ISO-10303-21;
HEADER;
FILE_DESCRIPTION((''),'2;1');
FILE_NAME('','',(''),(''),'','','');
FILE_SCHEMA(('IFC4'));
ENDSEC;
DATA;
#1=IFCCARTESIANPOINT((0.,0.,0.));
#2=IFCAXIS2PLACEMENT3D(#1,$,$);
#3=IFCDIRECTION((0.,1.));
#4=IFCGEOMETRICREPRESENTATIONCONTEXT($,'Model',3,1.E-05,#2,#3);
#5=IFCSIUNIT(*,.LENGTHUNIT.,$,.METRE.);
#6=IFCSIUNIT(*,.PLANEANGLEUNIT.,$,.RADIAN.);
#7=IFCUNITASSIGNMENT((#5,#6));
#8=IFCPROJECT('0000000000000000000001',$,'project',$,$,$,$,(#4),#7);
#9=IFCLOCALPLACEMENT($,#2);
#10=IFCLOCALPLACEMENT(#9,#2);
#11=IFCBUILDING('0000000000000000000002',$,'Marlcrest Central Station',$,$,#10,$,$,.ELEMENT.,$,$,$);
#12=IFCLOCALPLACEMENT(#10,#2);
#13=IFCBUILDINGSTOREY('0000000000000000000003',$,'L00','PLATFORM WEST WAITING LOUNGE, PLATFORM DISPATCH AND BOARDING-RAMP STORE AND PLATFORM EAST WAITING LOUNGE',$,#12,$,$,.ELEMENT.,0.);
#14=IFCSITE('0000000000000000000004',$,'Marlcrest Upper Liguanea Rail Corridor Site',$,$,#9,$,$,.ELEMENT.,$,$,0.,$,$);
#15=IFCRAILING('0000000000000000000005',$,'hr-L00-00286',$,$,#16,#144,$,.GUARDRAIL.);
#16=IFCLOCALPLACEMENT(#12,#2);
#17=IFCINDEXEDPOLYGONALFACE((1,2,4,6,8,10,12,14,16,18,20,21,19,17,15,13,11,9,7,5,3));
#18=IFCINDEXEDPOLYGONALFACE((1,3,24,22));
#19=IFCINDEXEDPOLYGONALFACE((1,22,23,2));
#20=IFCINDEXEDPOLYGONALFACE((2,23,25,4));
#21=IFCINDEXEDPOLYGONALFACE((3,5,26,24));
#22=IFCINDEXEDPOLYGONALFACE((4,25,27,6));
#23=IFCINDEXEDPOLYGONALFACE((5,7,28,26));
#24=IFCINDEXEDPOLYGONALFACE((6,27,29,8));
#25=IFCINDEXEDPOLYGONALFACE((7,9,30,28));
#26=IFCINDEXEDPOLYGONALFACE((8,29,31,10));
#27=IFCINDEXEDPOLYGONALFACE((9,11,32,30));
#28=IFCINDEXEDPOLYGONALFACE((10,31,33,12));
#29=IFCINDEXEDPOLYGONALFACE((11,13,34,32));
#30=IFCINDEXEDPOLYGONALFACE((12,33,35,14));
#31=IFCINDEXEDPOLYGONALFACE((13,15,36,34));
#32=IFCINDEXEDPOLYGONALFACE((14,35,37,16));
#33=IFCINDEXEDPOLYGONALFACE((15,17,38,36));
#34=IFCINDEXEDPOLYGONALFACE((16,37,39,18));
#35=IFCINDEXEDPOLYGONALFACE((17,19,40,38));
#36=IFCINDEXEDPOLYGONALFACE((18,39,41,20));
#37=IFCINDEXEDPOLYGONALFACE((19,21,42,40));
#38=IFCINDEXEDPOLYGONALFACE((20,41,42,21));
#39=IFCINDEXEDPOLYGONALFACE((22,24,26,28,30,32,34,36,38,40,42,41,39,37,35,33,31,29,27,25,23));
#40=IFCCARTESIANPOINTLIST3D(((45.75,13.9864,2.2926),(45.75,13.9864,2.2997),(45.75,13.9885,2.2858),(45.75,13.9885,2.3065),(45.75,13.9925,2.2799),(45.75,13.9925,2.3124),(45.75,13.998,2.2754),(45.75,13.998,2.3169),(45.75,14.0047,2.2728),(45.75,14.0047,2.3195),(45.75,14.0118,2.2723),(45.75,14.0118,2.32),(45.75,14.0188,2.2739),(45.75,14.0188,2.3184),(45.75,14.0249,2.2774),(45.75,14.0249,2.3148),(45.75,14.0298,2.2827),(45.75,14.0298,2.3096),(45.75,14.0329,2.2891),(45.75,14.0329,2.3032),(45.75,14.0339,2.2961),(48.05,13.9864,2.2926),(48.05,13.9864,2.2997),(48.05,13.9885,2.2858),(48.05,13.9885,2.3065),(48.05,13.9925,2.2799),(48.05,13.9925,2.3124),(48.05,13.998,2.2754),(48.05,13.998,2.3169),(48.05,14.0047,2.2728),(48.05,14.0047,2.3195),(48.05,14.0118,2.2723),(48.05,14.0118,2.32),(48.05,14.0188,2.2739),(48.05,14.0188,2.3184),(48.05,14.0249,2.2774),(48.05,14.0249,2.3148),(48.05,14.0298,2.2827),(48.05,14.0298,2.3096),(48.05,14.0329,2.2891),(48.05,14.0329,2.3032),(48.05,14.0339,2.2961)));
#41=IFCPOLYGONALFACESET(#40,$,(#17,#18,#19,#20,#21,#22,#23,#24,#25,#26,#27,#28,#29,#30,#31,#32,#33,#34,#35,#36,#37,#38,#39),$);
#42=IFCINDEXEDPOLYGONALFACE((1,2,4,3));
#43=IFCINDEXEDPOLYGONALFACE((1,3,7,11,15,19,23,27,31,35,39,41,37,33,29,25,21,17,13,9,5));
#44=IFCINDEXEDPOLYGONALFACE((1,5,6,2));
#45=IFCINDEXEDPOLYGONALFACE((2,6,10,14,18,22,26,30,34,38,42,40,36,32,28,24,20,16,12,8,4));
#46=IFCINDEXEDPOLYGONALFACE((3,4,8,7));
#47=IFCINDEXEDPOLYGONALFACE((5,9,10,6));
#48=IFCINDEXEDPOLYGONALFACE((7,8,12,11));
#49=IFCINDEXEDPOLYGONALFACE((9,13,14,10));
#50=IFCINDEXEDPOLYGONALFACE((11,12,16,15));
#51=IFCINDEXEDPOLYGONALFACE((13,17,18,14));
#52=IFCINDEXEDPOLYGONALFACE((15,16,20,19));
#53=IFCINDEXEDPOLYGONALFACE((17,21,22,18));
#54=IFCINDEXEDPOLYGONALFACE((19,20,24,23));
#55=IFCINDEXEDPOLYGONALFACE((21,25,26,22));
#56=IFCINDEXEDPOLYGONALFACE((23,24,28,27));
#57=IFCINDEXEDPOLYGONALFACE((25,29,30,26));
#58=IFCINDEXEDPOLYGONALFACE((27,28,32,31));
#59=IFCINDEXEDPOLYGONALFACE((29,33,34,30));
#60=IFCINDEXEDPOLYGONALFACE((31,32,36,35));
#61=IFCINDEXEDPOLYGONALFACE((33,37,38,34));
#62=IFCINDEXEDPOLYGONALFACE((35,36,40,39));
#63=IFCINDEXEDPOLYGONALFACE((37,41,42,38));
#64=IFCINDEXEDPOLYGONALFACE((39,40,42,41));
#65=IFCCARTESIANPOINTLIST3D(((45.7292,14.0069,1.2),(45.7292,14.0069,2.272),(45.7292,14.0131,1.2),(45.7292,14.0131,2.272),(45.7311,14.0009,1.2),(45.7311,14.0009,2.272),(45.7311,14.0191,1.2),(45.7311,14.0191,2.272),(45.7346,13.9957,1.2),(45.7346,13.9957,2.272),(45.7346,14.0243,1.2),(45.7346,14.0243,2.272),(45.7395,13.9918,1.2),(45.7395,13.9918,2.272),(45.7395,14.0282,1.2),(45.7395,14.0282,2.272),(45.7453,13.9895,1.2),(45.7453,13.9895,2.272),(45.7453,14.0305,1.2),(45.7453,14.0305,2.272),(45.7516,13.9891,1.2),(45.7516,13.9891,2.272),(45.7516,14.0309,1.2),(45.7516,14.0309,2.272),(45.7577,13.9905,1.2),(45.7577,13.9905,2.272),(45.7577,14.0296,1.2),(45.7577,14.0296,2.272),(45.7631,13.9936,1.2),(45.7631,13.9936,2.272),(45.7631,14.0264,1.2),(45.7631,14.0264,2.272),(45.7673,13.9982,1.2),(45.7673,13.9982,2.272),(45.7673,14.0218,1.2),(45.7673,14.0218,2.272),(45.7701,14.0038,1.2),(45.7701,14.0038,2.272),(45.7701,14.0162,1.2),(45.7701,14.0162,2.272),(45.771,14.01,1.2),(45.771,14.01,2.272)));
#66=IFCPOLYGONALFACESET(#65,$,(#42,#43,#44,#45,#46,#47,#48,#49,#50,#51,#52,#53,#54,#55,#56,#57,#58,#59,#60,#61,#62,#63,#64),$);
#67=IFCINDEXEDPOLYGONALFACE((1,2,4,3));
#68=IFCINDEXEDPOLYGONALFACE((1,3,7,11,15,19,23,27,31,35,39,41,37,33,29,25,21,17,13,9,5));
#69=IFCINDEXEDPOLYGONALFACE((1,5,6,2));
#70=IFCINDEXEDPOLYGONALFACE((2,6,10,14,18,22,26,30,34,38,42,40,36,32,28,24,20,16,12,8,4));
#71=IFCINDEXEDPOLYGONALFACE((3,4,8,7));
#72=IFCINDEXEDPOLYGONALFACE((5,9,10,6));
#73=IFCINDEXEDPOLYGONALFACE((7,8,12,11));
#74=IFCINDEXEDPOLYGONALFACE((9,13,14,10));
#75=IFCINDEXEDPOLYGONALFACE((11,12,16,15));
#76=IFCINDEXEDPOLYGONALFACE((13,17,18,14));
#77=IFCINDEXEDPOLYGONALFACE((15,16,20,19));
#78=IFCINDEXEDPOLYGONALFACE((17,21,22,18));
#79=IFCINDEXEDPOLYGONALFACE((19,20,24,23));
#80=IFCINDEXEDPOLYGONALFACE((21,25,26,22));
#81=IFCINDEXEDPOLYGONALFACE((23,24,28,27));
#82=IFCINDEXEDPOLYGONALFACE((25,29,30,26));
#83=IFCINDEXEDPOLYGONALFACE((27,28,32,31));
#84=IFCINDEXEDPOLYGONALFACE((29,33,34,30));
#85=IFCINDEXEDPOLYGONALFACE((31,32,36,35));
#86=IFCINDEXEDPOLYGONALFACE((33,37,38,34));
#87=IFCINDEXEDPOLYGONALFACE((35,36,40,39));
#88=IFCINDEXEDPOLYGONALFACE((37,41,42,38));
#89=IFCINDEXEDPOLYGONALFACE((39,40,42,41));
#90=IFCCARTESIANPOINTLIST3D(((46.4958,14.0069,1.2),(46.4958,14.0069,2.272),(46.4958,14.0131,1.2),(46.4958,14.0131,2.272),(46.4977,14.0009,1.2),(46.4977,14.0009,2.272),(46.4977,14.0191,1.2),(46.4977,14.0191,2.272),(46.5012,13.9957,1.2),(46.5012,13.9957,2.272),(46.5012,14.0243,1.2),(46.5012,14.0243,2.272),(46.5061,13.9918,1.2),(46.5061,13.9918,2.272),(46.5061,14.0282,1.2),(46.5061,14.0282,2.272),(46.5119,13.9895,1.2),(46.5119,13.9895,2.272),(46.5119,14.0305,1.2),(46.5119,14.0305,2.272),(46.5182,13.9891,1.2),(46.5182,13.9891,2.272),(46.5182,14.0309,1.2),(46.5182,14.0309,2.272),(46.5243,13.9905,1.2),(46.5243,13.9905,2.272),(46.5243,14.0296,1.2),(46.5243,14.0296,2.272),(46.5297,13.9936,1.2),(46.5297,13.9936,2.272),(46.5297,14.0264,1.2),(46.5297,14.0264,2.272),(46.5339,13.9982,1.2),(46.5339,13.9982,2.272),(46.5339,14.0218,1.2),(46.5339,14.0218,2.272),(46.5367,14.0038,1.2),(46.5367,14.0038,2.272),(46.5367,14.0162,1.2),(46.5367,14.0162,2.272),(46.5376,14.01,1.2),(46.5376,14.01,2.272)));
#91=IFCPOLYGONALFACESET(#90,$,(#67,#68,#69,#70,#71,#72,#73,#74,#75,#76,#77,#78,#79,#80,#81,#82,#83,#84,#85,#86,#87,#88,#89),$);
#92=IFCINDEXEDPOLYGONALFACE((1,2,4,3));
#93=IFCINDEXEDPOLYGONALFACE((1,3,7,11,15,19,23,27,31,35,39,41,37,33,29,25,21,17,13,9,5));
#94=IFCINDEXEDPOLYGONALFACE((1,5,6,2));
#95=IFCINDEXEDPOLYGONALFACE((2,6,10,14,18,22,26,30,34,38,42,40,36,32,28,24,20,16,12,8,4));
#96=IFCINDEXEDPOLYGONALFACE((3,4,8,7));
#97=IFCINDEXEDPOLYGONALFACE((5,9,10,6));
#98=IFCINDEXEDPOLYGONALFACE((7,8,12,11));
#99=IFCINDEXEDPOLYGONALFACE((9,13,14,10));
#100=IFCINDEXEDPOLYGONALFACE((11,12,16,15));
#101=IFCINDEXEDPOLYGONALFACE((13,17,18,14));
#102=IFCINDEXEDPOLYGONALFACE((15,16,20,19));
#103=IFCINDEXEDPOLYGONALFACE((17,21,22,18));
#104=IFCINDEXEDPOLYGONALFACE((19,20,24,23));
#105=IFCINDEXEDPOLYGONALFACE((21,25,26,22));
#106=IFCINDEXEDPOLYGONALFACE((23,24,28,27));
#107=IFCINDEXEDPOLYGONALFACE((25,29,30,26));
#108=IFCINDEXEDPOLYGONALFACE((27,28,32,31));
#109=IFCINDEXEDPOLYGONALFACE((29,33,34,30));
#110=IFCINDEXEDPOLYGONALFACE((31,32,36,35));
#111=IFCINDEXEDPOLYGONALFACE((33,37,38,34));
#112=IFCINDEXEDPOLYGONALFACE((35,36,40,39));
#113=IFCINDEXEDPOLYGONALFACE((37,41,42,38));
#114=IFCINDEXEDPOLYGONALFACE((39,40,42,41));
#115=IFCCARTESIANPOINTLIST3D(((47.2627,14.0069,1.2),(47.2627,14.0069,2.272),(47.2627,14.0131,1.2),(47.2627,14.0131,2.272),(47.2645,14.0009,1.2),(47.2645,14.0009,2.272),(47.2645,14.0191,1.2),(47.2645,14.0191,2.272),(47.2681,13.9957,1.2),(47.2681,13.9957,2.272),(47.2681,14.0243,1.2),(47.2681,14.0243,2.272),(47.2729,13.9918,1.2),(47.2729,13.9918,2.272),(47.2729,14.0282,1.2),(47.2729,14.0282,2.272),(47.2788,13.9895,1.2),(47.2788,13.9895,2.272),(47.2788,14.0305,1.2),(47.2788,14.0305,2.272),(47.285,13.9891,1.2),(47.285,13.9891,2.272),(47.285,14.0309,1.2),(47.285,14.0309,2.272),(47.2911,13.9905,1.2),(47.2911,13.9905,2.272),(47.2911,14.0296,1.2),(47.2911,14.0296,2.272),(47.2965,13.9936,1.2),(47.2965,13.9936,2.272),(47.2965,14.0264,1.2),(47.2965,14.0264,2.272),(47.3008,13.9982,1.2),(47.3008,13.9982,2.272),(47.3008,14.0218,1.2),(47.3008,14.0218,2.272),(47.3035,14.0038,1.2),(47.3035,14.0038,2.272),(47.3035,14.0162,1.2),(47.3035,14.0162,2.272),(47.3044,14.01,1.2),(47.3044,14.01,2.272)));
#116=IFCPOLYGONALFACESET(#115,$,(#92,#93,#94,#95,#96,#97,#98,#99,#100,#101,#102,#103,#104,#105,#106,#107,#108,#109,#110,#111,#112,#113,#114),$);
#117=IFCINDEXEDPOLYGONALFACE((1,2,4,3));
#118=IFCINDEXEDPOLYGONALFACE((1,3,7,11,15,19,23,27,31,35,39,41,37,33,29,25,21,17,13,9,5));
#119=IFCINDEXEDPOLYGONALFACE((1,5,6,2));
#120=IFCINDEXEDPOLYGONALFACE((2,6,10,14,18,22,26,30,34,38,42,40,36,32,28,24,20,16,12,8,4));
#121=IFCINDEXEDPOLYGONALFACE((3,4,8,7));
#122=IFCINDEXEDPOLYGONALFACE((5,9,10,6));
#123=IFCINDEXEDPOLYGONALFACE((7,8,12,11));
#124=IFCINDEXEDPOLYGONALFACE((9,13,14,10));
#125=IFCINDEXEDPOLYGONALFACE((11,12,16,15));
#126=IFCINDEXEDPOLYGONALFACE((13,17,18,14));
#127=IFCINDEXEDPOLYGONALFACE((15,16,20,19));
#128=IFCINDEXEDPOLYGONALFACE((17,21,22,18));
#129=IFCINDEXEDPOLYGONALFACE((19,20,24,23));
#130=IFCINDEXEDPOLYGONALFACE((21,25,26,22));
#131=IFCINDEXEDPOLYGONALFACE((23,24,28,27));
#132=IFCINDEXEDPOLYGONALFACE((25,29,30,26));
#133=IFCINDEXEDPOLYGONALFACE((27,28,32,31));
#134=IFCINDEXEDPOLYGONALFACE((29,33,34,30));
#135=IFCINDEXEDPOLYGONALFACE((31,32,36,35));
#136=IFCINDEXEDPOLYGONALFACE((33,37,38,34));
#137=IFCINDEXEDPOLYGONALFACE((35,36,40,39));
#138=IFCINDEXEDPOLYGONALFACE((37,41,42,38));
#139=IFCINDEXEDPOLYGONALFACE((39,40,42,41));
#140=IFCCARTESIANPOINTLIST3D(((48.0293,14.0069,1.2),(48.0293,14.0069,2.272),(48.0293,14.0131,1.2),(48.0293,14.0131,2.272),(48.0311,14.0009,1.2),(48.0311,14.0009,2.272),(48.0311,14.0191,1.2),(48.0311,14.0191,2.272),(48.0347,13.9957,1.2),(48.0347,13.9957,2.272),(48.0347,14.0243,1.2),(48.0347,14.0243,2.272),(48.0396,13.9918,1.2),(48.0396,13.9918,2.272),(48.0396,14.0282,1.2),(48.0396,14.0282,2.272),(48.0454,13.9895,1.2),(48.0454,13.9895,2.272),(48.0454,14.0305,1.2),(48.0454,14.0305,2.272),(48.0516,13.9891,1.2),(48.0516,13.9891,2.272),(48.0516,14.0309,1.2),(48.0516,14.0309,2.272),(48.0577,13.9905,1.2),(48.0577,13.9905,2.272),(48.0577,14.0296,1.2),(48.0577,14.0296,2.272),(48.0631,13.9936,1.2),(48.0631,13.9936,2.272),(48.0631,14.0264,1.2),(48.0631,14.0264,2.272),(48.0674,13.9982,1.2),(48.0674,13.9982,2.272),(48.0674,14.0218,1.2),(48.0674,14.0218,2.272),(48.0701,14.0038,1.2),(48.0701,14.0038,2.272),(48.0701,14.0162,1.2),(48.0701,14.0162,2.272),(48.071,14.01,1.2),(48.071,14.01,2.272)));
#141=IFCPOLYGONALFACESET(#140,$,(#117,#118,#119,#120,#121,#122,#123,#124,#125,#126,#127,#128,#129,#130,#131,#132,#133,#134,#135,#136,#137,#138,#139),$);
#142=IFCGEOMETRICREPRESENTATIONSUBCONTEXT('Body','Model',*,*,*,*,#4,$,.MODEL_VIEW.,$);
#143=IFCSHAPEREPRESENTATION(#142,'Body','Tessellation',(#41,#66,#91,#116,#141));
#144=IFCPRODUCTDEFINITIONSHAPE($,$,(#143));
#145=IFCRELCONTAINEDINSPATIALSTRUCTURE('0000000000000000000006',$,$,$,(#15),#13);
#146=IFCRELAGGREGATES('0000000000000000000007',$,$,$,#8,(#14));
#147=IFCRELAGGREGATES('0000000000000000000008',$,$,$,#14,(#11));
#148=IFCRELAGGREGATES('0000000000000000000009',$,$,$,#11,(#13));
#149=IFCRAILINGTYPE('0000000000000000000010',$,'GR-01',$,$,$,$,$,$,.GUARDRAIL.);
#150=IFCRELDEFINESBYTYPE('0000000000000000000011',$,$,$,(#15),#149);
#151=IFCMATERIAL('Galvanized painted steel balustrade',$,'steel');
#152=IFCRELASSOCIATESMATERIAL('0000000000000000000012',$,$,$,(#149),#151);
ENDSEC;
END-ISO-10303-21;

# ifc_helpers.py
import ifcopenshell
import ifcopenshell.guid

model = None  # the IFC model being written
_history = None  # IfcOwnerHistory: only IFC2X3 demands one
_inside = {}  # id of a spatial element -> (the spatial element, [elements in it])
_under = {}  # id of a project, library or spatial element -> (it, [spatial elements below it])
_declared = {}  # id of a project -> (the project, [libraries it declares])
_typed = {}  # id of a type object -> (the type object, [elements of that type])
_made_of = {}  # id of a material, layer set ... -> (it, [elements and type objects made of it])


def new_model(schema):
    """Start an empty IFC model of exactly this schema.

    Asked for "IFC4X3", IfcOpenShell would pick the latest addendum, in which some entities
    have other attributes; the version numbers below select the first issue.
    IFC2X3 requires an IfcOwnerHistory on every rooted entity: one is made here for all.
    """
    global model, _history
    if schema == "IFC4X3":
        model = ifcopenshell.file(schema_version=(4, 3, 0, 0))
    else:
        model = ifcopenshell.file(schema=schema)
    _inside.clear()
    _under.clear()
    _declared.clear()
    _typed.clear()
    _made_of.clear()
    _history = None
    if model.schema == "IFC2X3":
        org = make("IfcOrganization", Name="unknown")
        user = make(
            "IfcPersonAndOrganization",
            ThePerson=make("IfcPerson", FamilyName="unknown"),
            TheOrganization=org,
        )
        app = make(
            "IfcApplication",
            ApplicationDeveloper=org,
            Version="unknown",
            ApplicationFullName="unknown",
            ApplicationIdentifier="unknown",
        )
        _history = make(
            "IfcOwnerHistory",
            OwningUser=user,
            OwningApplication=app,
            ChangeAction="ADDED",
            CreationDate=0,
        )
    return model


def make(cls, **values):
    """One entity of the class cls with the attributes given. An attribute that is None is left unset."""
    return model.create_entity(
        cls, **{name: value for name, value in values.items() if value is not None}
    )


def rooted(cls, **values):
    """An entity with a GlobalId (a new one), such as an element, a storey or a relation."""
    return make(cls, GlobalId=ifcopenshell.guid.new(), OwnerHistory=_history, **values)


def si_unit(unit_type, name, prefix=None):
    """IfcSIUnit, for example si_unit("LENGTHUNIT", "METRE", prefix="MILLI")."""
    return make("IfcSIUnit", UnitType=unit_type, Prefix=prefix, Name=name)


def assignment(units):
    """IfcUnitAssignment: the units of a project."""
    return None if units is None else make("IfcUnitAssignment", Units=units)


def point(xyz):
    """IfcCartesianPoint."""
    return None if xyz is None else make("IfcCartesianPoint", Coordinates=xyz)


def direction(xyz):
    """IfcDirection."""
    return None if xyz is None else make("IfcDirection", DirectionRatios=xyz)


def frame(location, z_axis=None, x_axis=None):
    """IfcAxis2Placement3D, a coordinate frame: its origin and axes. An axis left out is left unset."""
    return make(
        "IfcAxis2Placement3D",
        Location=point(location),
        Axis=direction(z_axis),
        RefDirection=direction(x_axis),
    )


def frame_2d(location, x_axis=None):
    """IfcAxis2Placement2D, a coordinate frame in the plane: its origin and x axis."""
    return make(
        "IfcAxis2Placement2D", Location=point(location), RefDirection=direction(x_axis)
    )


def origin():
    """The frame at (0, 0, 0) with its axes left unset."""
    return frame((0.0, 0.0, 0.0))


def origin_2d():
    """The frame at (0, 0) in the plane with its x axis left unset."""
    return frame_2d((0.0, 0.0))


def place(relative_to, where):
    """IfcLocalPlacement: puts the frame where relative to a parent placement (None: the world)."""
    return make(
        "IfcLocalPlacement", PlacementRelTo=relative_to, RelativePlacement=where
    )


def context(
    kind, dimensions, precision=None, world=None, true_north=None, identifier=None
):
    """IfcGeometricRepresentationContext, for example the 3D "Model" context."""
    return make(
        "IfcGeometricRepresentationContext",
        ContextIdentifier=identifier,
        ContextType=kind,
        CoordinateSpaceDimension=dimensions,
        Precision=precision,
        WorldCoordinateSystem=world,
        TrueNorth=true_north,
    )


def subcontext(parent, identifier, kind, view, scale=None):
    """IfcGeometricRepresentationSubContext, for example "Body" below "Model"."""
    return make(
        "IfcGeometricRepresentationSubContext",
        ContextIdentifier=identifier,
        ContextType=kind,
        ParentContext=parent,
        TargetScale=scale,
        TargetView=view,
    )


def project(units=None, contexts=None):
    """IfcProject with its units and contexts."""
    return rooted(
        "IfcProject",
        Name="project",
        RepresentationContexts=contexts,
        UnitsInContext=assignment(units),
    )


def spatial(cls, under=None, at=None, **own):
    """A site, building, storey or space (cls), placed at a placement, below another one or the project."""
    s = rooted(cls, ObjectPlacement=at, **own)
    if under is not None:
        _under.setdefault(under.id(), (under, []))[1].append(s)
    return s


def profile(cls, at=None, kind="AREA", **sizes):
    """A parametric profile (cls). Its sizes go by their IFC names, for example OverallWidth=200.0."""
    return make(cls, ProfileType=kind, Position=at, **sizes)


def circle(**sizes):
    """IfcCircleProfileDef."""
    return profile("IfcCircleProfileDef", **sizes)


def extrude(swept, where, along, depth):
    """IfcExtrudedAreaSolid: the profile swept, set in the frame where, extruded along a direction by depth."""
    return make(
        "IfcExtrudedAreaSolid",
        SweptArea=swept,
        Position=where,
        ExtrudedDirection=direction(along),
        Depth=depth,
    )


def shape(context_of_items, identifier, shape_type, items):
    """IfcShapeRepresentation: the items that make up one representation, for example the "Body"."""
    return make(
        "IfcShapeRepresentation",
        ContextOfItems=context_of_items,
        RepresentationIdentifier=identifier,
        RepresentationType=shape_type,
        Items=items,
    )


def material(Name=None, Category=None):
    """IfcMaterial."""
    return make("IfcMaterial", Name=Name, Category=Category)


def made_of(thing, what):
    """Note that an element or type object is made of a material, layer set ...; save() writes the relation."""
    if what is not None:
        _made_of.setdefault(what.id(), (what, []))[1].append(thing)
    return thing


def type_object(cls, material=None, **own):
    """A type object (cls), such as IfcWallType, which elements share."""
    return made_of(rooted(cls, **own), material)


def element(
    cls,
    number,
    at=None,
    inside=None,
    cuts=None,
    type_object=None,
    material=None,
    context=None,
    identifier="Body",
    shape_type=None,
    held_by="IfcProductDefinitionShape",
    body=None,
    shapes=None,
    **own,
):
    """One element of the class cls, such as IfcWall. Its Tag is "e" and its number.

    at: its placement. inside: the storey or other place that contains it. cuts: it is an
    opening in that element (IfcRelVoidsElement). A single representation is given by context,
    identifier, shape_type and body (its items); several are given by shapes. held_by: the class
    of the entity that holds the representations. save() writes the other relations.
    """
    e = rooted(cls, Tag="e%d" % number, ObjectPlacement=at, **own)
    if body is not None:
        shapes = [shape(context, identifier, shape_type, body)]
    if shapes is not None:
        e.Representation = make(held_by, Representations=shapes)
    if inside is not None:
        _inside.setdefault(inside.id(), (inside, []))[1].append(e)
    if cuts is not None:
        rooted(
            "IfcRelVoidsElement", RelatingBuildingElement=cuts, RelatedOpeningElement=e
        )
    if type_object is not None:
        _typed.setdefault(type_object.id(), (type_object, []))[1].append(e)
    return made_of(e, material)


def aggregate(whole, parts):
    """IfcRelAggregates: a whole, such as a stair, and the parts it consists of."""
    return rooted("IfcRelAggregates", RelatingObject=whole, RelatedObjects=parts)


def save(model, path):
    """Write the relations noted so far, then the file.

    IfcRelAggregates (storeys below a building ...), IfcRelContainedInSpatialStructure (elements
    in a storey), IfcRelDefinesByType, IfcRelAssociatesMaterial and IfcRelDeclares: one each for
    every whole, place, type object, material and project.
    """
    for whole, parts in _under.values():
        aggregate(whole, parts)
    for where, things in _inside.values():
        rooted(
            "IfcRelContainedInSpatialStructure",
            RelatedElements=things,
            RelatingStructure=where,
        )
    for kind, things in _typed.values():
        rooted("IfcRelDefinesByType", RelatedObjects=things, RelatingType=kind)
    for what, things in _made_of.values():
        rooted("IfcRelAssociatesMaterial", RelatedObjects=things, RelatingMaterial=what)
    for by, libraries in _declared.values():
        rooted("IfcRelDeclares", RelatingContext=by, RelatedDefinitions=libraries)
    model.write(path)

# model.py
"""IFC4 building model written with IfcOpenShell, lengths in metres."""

from ifc_helpers import new_model, si_unit, direction, frame, origin, origin_2d, place, context, subcontext, project, spatial, circle, extrude, material, type_object, element, save


model = new_model("IFC4")

# Units and contexts
model_context = context("Model", 3, precision=1e-05, world=origin(), true_north=direction((0.0, 1.0)))
body_context = subcontext(model_context, "Body", "Model", "MODEL_VIEW")
ifc_project = project(units=[si_unit("LENGTHUNIT", "METRE"), si_unit("PLANEANGLEUNIT", "RADIAN")], contexts=[model_context])

# Site, building, storey
site_placement = place(None, origin())
site = spatial("IfcSite", under=ifc_project, at=site_placement, Name="Marlcrest Upper Liguanea Rail Corridor Site", CompositionType="ELEMENT", RefElevation=0.0)
building_placement = place(site_placement, origin())
building = spatial("IfcBuilding", under=site, at=building_placement, Name="Marlcrest Central Station", CompositionType="ELEMENT")
storey_placement = place(building_placement, origin())
storey = spatial("IfcBuildingStorey", under=building, at=storey_placement, Name="L00", Description="PLATFORM WEST WAITING LOUNGE, PLATFORM DISPATCH AND BOARDING-RAMP STORE AND PLATFORM EAST WAITING LOUNGE", CompositionType="ELEMENT", Elevation=0.0)

# Railing
ifc_material_1 = material(Name="Galvanized painted steel balustrade", Category="steel")
railing_type_1 = type_object("IfcRailingType", Name="GR-01", PredefinedType="GUARDRAIL", material=ifc_material_1)
railing_1_placement = place(storey_placement, frame((45.75, 14.01, 1.2)))
element("IfcRailing", 1, at=railing_1_placement, inside=storey, type_object=railing_type_1, Name="hr-L00-00286", PredefinedType="GUARDRAIL", context=body_context, shape_type="SweptSolid", body=[
    extrude(circle(Radius=0.0239, at=origin_2d()), frame((0.0, 0.0, 1.0962), z_axis=(1.0, 0.0, 0.0), x_axis=(0.0, 1.0, 0.0)), (0.0, 0.0, 1.0), 2.3),
    extrude(circle(Radius=0.021, at=origin_2d()), origin(), (0.0, 0.0, 1.0), 1.072),
    extrude(circle(Radius=0.021, at=origin_2d()), frame((0.7666, 0.0, 0.0)), (0.0, 0.0, 1.0), 1.072),
    extrude(circle(Radius=0.021, at=origin_2d()), frame((1.5334, 0.0, 0.0)), (0.0, 0.0, 1.0), 1.072),
    extrude(circle(Radius=0.021, at=origin_2d()), frame((2.3, 0.0, 0.0)), (0.0, 0.0, 1.0), 1.072),
])

save(model, "model.ifc")
